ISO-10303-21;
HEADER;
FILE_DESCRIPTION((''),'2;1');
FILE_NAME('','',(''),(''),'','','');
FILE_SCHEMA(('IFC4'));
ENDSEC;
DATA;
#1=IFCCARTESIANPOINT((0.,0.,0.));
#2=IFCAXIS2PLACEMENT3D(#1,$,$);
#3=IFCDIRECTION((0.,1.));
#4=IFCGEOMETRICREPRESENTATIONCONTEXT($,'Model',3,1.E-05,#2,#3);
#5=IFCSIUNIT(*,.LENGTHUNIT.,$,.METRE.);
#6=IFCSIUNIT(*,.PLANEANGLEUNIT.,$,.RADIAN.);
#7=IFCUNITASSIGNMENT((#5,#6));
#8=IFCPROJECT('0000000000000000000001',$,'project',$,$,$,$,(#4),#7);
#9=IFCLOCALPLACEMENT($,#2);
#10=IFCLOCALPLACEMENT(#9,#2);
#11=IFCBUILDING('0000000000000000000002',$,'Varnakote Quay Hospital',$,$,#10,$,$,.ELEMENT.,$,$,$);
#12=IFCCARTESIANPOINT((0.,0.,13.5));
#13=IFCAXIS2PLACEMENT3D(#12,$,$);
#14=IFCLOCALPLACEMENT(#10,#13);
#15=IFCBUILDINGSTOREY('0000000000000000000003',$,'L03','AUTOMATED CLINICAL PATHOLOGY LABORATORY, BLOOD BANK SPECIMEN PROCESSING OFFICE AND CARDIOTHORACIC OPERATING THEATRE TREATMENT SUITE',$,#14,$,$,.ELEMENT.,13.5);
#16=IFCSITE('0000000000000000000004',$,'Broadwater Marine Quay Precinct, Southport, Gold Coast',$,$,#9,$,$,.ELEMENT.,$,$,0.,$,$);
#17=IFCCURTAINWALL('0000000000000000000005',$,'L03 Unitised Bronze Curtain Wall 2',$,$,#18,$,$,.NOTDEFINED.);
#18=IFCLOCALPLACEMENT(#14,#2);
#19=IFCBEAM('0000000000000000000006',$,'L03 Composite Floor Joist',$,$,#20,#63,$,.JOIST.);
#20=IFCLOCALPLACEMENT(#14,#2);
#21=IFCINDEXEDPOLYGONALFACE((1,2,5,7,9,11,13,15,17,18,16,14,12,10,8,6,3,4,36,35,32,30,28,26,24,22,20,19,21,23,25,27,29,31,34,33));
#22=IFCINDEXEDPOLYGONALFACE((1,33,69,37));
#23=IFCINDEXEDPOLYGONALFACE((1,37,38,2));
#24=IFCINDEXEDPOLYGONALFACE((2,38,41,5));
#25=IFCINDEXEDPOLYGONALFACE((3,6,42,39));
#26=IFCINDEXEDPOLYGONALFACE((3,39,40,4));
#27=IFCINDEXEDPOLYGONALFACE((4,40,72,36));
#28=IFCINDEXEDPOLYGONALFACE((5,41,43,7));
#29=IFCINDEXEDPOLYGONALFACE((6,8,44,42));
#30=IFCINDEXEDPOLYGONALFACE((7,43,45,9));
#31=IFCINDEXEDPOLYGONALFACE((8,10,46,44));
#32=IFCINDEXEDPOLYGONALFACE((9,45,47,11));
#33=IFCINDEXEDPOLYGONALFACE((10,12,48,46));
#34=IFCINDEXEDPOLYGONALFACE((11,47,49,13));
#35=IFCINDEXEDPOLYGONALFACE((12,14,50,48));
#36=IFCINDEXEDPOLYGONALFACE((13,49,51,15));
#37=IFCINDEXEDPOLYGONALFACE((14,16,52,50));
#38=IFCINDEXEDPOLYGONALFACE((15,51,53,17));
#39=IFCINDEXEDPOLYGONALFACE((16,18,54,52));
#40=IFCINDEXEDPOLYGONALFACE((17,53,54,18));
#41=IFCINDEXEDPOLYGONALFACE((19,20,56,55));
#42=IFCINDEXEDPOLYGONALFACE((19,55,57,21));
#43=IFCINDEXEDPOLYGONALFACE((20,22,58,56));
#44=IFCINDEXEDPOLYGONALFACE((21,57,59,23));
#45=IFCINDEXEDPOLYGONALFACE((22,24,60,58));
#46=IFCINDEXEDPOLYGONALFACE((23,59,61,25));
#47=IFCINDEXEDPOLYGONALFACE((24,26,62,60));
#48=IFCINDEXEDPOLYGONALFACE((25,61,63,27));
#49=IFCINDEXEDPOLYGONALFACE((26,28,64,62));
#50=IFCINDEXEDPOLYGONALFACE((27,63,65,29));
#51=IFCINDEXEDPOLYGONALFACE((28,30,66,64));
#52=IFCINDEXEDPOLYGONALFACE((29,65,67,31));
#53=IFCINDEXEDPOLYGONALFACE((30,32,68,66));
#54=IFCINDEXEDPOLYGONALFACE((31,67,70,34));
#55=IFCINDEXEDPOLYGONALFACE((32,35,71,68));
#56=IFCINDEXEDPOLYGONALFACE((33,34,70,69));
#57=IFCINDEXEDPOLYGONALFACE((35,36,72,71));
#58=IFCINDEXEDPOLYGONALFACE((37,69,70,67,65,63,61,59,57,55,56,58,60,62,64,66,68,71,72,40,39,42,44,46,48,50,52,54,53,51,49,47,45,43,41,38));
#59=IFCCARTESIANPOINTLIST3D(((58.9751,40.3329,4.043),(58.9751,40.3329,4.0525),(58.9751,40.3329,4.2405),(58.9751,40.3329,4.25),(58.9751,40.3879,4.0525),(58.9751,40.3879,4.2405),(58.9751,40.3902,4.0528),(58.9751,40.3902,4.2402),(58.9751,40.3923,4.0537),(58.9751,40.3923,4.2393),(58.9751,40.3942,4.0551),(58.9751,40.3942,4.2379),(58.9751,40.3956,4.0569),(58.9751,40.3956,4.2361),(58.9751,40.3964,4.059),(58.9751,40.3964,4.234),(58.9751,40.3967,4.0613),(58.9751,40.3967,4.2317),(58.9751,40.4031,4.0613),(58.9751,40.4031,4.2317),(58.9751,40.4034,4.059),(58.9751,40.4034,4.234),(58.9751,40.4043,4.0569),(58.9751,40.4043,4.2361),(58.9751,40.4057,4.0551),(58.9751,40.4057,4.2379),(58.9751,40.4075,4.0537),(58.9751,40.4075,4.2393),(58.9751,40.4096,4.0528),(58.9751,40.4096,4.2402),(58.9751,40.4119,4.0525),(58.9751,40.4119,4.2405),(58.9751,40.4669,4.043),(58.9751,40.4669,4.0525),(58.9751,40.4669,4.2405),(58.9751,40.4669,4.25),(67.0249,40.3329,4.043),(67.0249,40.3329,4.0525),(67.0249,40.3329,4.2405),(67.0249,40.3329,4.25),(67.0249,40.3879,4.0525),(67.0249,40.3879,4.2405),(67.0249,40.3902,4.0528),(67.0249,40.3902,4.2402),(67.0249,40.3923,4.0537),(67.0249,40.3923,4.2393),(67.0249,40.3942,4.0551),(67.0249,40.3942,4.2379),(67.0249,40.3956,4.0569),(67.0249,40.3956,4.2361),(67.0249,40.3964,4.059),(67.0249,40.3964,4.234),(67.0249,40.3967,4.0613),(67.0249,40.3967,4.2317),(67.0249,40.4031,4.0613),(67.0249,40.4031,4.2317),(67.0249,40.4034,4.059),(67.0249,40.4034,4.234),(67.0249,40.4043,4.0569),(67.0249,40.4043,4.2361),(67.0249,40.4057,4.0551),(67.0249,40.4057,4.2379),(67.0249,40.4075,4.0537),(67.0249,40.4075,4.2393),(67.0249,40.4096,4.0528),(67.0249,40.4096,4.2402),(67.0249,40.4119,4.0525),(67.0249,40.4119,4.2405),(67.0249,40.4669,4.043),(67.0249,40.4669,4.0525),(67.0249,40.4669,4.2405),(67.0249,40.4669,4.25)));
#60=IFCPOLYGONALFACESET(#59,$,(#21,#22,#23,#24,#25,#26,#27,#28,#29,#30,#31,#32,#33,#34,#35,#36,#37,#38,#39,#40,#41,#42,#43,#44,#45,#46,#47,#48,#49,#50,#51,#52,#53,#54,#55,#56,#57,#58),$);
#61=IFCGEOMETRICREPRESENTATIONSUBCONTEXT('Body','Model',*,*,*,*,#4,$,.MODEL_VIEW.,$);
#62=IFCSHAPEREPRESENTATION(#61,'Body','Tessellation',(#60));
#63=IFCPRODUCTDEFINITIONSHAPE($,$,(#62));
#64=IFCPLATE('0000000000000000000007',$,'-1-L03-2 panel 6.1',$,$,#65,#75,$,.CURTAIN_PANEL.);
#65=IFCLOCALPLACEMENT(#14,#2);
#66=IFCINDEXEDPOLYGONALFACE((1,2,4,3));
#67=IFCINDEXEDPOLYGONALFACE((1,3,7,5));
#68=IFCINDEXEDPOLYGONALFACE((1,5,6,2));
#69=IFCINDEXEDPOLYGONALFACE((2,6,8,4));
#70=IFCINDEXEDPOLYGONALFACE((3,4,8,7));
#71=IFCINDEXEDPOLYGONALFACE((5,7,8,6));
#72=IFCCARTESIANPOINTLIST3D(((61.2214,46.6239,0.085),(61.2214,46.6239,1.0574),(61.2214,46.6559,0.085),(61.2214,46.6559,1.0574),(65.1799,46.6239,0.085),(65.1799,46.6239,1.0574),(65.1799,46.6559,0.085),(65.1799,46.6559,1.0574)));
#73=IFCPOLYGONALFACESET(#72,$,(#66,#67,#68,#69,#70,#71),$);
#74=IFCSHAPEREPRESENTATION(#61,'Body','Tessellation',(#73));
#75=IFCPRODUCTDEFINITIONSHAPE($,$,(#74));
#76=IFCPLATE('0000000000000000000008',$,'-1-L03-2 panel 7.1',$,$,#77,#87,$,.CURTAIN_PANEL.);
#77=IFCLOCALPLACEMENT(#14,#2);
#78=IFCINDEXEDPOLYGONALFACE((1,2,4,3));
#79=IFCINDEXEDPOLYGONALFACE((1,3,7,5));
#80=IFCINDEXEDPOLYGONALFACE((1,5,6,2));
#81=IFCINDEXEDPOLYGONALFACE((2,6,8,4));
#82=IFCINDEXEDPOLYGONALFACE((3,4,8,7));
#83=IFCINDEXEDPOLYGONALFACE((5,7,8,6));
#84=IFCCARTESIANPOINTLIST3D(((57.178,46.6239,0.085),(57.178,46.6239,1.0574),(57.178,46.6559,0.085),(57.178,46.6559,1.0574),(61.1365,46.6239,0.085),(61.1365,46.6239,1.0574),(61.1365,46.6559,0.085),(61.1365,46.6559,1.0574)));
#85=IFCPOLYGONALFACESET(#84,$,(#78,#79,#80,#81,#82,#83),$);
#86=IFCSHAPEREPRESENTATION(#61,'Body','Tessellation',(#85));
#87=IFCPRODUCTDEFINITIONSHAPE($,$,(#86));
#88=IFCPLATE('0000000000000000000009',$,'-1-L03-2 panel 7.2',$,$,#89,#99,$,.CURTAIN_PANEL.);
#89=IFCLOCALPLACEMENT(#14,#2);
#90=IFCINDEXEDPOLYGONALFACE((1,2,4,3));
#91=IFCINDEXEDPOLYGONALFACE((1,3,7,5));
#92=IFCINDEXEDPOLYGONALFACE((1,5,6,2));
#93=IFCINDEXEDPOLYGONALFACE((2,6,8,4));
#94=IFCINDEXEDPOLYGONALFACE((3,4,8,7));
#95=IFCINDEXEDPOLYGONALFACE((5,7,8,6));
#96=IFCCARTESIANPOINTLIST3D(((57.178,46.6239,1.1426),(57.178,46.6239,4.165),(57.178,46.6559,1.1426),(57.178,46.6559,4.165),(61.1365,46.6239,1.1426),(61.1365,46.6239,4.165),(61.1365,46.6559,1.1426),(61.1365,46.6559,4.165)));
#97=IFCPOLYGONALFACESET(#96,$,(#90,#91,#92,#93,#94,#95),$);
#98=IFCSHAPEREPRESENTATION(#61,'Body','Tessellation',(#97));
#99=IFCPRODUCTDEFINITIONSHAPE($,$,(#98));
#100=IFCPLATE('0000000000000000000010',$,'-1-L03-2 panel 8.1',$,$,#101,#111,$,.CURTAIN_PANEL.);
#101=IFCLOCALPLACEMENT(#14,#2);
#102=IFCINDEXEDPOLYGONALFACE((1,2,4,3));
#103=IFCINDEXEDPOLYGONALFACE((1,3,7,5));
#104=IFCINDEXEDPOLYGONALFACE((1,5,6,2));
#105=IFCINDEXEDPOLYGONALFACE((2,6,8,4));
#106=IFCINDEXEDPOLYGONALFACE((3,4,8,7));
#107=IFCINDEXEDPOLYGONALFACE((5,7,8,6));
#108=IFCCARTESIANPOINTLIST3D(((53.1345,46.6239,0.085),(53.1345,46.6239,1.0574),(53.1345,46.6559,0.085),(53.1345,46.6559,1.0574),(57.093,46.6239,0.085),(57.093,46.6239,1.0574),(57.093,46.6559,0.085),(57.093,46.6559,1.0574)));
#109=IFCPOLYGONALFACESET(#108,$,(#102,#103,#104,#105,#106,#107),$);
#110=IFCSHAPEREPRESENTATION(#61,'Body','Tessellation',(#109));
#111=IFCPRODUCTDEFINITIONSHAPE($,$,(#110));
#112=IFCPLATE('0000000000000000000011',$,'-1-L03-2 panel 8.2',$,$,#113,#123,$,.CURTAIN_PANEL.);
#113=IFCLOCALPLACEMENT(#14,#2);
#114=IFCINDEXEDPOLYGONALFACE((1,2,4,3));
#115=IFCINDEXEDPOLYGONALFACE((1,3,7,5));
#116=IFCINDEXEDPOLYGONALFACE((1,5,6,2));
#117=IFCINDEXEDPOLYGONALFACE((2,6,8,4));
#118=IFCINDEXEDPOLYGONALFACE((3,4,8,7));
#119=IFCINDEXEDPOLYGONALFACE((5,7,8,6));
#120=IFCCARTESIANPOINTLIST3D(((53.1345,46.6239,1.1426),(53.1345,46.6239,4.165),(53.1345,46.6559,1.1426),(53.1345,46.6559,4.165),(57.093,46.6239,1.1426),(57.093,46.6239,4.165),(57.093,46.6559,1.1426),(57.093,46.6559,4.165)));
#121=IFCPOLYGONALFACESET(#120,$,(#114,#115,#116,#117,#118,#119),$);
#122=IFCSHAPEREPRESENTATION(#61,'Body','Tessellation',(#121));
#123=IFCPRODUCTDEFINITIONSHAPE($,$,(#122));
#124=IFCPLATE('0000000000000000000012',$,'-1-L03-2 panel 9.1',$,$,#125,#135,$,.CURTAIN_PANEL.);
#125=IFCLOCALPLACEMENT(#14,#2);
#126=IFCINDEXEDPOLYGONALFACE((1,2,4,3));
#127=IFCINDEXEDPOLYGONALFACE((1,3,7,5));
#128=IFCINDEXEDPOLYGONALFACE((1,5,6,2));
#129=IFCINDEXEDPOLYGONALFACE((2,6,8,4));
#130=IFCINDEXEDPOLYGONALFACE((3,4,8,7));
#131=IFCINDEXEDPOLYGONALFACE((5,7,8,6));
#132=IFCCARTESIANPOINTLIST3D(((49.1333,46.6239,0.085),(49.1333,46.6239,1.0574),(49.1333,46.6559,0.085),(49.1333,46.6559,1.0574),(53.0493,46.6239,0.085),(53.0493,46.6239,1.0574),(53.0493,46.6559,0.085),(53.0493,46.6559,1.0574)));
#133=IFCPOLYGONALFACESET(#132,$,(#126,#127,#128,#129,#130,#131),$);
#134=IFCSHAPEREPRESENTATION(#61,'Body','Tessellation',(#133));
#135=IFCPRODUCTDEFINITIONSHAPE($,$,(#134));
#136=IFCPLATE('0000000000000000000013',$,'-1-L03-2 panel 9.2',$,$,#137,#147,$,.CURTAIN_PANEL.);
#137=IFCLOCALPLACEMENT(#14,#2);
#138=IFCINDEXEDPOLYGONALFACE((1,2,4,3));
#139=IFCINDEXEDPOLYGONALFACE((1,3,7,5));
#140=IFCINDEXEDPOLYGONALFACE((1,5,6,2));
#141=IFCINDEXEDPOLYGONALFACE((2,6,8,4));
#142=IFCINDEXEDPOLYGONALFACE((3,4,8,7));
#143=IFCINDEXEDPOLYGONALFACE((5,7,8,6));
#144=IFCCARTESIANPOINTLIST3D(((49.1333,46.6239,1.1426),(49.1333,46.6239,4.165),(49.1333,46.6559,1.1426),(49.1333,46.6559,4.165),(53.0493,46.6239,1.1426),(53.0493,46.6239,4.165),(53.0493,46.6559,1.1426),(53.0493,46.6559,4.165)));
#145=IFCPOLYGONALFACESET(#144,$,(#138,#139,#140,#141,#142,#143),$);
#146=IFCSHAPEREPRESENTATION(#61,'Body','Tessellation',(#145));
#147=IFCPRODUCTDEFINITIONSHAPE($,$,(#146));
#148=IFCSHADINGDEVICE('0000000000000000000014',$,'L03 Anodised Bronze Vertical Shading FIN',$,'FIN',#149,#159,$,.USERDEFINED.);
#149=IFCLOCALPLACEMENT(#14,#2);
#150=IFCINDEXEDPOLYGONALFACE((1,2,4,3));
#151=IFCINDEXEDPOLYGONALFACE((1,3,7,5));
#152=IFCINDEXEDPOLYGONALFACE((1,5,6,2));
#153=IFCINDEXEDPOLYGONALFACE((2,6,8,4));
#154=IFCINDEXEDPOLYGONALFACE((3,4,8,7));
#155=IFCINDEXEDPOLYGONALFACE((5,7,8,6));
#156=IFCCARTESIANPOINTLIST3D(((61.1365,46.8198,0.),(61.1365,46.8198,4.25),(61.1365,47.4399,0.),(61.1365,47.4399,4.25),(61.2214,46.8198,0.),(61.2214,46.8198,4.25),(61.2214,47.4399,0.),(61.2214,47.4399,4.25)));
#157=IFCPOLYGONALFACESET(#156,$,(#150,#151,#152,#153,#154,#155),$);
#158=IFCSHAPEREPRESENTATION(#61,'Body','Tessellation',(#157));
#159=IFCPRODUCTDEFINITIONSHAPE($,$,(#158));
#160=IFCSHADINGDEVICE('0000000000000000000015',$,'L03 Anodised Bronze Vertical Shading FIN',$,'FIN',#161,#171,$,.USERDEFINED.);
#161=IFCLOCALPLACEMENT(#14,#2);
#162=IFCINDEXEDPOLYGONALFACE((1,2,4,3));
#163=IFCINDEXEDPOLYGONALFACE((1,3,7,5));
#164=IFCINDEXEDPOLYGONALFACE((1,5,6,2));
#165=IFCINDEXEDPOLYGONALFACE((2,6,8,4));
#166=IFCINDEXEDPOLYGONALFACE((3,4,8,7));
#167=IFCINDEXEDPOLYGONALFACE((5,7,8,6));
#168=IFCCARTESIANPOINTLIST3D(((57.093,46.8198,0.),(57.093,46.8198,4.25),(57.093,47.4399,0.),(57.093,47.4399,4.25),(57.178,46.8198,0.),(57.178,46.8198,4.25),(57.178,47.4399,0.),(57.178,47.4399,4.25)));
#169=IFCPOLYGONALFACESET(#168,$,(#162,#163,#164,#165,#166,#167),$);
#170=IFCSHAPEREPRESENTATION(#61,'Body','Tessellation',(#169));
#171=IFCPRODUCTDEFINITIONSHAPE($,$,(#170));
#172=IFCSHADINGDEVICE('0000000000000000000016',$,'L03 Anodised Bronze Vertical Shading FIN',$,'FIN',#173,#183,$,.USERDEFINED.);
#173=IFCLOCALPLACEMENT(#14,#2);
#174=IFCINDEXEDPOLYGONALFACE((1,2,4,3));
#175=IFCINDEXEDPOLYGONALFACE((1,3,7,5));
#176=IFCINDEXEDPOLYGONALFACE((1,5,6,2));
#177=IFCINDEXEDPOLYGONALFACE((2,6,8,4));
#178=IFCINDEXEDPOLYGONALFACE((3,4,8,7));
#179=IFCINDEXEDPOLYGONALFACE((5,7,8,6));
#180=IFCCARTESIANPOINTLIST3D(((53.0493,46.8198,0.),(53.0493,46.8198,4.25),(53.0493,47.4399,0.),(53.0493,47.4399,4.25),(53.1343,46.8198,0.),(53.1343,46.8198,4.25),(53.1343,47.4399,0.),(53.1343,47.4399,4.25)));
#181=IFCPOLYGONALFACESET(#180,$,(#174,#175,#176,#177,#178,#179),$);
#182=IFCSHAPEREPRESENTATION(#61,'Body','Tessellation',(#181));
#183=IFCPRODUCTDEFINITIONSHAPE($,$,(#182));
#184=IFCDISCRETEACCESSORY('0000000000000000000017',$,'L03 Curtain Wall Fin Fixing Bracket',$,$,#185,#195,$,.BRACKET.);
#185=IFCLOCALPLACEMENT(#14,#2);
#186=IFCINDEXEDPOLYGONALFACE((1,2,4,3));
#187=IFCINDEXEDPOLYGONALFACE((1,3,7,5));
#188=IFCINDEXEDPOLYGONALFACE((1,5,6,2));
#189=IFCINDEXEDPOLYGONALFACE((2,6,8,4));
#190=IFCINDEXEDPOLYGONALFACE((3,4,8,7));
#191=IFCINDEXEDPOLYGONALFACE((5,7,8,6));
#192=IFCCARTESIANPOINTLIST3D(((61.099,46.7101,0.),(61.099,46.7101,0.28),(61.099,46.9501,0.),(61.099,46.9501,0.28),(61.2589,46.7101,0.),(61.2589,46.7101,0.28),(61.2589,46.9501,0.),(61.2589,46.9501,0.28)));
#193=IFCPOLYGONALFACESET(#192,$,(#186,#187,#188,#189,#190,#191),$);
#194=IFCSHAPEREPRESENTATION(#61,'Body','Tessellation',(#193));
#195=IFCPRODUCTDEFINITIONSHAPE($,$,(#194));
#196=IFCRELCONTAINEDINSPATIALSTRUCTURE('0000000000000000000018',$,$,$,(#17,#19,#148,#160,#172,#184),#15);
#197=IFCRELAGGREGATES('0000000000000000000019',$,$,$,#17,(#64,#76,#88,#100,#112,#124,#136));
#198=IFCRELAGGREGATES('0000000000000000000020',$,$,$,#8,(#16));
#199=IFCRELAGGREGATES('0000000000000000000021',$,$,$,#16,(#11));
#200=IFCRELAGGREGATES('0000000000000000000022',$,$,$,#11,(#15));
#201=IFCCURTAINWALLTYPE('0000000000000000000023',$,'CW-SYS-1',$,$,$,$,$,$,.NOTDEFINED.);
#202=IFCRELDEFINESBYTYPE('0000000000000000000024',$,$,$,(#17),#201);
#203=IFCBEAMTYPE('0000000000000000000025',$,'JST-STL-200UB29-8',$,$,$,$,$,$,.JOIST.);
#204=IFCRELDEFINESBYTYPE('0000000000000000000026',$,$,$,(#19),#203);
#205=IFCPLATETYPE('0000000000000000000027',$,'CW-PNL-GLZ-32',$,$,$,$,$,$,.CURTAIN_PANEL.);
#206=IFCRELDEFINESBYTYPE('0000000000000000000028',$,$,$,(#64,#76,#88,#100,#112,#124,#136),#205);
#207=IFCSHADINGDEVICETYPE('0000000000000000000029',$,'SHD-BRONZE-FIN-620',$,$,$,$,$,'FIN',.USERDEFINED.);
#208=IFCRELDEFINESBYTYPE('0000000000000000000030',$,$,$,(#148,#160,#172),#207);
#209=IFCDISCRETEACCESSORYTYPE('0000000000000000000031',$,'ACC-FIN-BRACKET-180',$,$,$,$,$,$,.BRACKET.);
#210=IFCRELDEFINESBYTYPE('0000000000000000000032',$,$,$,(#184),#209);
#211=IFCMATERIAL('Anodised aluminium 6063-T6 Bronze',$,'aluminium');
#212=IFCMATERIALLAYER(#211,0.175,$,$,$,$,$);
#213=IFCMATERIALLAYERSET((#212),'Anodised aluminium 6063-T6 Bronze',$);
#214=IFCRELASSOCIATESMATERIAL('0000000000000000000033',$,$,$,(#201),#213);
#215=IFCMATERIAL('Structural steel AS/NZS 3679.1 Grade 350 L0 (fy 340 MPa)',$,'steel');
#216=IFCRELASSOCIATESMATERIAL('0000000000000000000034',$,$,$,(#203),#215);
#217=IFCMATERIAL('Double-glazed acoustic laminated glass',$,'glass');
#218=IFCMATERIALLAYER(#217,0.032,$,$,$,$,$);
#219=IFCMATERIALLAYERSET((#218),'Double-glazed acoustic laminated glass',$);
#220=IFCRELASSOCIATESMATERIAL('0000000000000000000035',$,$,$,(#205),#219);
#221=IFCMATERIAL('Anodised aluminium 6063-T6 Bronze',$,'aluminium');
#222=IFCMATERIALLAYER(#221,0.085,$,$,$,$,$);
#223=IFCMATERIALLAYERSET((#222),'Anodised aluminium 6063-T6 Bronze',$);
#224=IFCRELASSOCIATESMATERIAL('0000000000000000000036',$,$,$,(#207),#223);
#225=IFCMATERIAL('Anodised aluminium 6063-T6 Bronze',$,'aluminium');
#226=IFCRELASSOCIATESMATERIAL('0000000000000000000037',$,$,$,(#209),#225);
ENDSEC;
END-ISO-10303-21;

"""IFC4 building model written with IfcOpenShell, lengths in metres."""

from ifc_helpers import new_model, si_unit, direction, frame, origin, origin_2d, place, context, subcontext, project, spatial, rectangle, i_section, extrude, material, layer, layer_set, material_profile, profile_set, type_object, element, aggregate, save


model = new_model("IFC4")

# Units and contexts
model_context = context("Model", 3, precision=1e-05, world=origin(), true_north=direction((0.0, 1.0)))
body_context = subcontext(model_context, "Body", "Model", "MODEL_VIEW")
ifc_project = project(units=[si_unit("LENGTHUNIT", "METRE"), si_unit("PLANEANGLEUNIT", "RADIAN")], contexts=[model_context])

# Site, building, storey
site_placement = place(None, origin())
site = spatial("IfcSite", under=ifc_project, at=site_placement, Name="Broadwater Marine Quay Precinct, Southport, Gold Coast", CompositionType="ELEMENT", RefElevation=0.0)
building_placement = place(site_placement, origin())
building = spatial("IfcBuilding", under=site, at=building_placement, Name="Varnakote Quay Hospital", CompositionType="ELEMENT")
storey_placement = place(building_placement, frame((0.0, 0.0, 13.5)))
storey = spatial("IfcBuildingStorey", under=building, at=storey_placement, Name="L03", Description="AUTOMATED CLINICAL PATHOLOGY LABORATORY, BLOOD BANK SPECIMEN PROCESSING OFFICE AND CARDIOTHORACIC OPERATING THEATRE TREATMENT SUITE", CompositionType="ELEMENT", Elevation=13.5)

# Curtain wall
ifc_material_1 = material(Name="Anodised aluminium 6063-T6 Bronze", Category="aluminium")
ifc_layer_1 = layer(ifc_material_1, 0.175)
ifc_layer_set_1 = layer_set([ifc_layer_1], Name="Anodised aluminium 6063-T6 Bronze")
curtain_wall_type = type_object("IfcCurtainWallType", Name="CW-SYS-1", PredefinedType="NOTDEFINED", material=ifc_layer_set_1)
curtain_wall_placement = place(storey_placement, origin())
curtain_wall = element("IfcCurtainWall", 1, at=curtain_wall_placement, inside=storey, type_object=curtain_wall_type, Name="L03 Unitised Bronze Curtain Wall 2", PredefinedType="NOTDEFINED")

# Beam
ifc_material_2 = material(Name="Structural steel AS/NZS 3679.1 Grade 350 L0 (fy 340 MPa)", Category="steel")
ifc_material_profile_1 = material_profile(ifc_material_2, i_section(OverallWidth=0.134, OverallDepth=0.207, WebThickness=0.0063, FlangeThickness=0.0095, FilletRadius=0.0088, at=origin_2d()), Name="200UB29.8")
ifc_profile_set_1 = profile_set([ifc_material_profile_1], Name="Structural steel AS/NZS 3679.1 Grade 350 L0 (fy 340 MPa)")
beam_type_1 = type_object("IfcBeamType", Name="JST-STL-200UB29-8", PredefinedType="JOIST", material=ifc_profile_set_1)
for number, where, z_axis, x_axis, name in (
    (2, (58.9751, 40.3999, 4.1465), (1.0, 0.0, 0.0), (0.0, 1.0, 0.0), "L03 Composite Floor Joist"),
):
    element("IfcBeam", number, at=place(storey_placement, frame(where, z_axis=z_axis, x_axis=x_axis)), inside=storey, type_object=beam_type_1, Name=name, PredefinedType="JOIST", context=body_context, shape_type="SweptSolid", body=[
        extrude(i_section(OverallWidth=0.134, OverallDepth=0.207, WebThickness=0.0063, FlangeThickness=0.0095, FilletRadius=0.0088, at=origin_2d()), origin(), (0.0, 0.0, 1.0), 8.0498),
    ])

# Plates
ifc_material_3 = material(Name="Double-glazed acoustic laminated glass", Category="glass")
ifc_layer_2 = layer(ifc_material_3, 0.032)
ifc_layer_set_2 = layer_set([ifc_layer_2], Name="Double-glazed acoustic laminated glass")
plate_type = type_object("IfcPlateType", Name="CW-PNL-GLZ-32", PredefinedType="CURTAIN_PANEL", material=ifc_layer_set_2)
plate_1_placement = place(storey_placement, frame((63.2007, 46.6399, 0.085), z_axis=(0.0, 0.0, 1.0), x_axis=(-1.0, 0.0, 0.0)))
plate_1 = element("IfcPlate", 3, at=plate_1_placement, type_object=plate_type, Name="-1-L03-2 panel 6.1", PredefinedType="CURTAIN_PANEL", context=body_context, shape_type="SweptSolid", body=[
    extrude(rectangle(XDim=3.9585, YDim=0.032, at=origin_2d()), origin(), (0.0, 0.0, 1.0), 0.9724),
])
plate_2_placement = place(storey_placement, frame((59.1572, 46.6399, 0.085), z_axis=(0.0, 0.0, 1.0), x_axis=(-1.0, 0.0, 0.0)))
plate_2 = element("IfcPlate", 4, at=plate_2_placement, type_object=plate_type, Name="-1-L03-2 panel 7.1", PredefinedType="CURTAIN_PANEL", context=body_context, shape_type="SweptSolid", body=[
    extrude(rectangle(XDim=3.9585, YDim=0.032, at=origin_2d()), origin(), (0.0, 0.0, 1.0), 0.9724),
])
plate_3_placement = place(storey_placement, frame((59.1572, 46.6399, 1.1426), z_axis=(0.0, 0.0, 1.0), x_axis=(-1.0, 0.0, 0.0)))
plate_3 = element("IfcPlate", 5, at=plate_3_placement, type_object=plate_type, Name="-1-L03-2 panel 7.2", PredefinedType="CURTAIN_PANEL", context=body_context, shape_type="SweptSolid", body=[
    extrude(rectangle(XDim=3.9585, YDim=0.032, at=origin_2d()), origin(), (0.0, 0.0, 1.0), 3.0225),
])
plate_4_placement = place(storey_placement, frame((55.1138, 46.6399, 0.085), z_axis=(0.0, 0.0, 1.0), x_axis=(-1.0, 0.0, 0.0)))
plate_4 = element("IfcPlate", 6, at=plate_4_placement, type_object=plate_type, Name="-1-L03-2 panel 8.1", PredefinedType="CURTAIN_PANEL", context=body_context, shape_type="SweptSolid", body=[
    extrude(rectangle(XDim=3.9585, YDim=0.032, at=origin_2d()), origin(), (0.0, 0.0, 1.0), 0.9724),
])
plate_5_placement = place(storey_placement, frame((55.1138, 46.6399, 1.1426), z_axis=(0.0, 0.0, 1.0), x_axis=(-1.0, 0.0, 0.0)))
plate_5 = element("IfcPlate", 7, at=plate_5_placement, type_object=plate_type, Name="-1-L03-2 panel 8.2", PredefinedType="CURTAIN_PANEL", context=body_context, shape_type="SweptSolid", body=[
    extrude(rectangle(XDim=3.9585, YDim=0.032, at=origin_2d()), origin(), (0.0, 0.0, 1.0), 3.0225),
])
plate_6_placement = place(storey_placement, frame((51.0913, 46.6399, 0.085), z_axis=(0.0, 0.0, 1.0), x_axis=(-1.0, 0.0, 0.0)))
plate_6 = element("IfcPlate", 8, at=plate_6_placement, type_object=plate_type, Name="-1-L03-2 panel 9.1", PredefinedType="CURTAIN_PANEL", context=body_context, shape_type="SweptSolid", body=[
    extrude(rectangle(XDim=3.916, YDim=0.032, at=origin_2d()), origin(), (0.0, 0.0, 1.0), 0.9724),
])
plate_7_placement = place(storey_placement, frame((51.0913, 46.6399, 1.1426), z_axis=(0.0, 0.0, 1.0), x_axis=(-1.0, 0.0, 0.0)))
plate_7 = element("IfcPlate", 9, at=plate_7_placement, type_object=plate_type, Name="-1-L03-2 panel 9.2", PredefinedType="CURTAIN_PANEL", context=body_context, shape_type="SweptSolid", body=[
    extrude(rectangle(XDim=3.916, YDim=0.032, at=origin_2d()), origin(), (0.0, 0.0, 1.0), 3.0225),
])
aggregate(curtain_wall, [plate_1, plate_2, plate_3, plate_4, plate_5, plate_6, plate_7])

# Shading devices
ifc_material_4 = material(Name="Anodised aluminium 6063-T6 Bronze", Category="aluminium")
ifc_layer_3 = layer(ifc_material_4, 0.085)
ifc_layer_set_3 = layer_set([ifc_layer_3], Name="Anodised aluminium 6063-T6 Bronze")
shading_device_type = type_object("IfcShadingDeviceType", Name="SHD-BRONZE-FIN-620", ElementType="FIN", PredefinedType="USERDEFINED", material=ifc_layer_set_3)
for number, where, z_axis, x_axis, name in (
    (10, (61.179, 47.1299, 0.0), (0.0, 0.0, 1.0), (0.0, -1.0, 0.0), "L03 Anodised Bronze Vertical Shading FIN"),
    (11, (57.1355, 47.1299, 0.0), (0.0, 0.0, 1.0), (0.0, -1.0, 0.0), "L03 Anodised Bronze Vertical Shading FIN"),
    (12, (53.0918, 47.1299, 0.0), (0.0, 0.0, 1.0), (0.0, -1.0, 0.0), "L03 Anodised Bronze Vertical Shading FIN"),
):
    element("IfcShadingDevice", number, at=place(storey_placement, frame(where, z_axis=z_axis, x_axis=x_axis)), inside=storey, type_object=shading_device_type, Name=name, ObjectType="FIN", PredefinedType="USERDEFINED", context=body_context, shape_type="SweptSolid", body=[
        extrude(rectangle(XDim=0.6201, YDim=0.085, at=origin_2d()), origin(), (0.0, 0.0, 1.0), 4.25),
    ])

# Discrete accessory
ifc_material_5 = material(Name="Anodised aluminium 6063-T6 Bronze", Category="aluminium")
discrete_accessory_type = type_object("IfcDiscreteAccessoryType", Name="ACC-FIN-BRACKET-180", PredefinedType="BRACKET", material=ifc_material_5)
for number, where, z_axis, x_axis, name in (
    (13, (61.179, 46.8301, 0.0), (0.0, 0.0, 1.0), (-1.0, 0.0, 0.0), "L03 Curtain Wall Fin Fixing Bracket"),
):
    element("IfcDiscreteAccessory", number, at=place(storey_placement, frame(where, z_axis=z_axis, x_axis=x_axis)), inside=storey, type_object=discrete_accessory_type, Name=name, PredefinedType="BRACKET", context=body_context, shape_type="SweptSolid", body=[
        extrude(rectangle(XDim=0.1599, YDim=0.24, at=origin_2d()), origin(), (0.0, 0.0, 1.0), 0.28),
    ])

save(model, "model.ifc")
